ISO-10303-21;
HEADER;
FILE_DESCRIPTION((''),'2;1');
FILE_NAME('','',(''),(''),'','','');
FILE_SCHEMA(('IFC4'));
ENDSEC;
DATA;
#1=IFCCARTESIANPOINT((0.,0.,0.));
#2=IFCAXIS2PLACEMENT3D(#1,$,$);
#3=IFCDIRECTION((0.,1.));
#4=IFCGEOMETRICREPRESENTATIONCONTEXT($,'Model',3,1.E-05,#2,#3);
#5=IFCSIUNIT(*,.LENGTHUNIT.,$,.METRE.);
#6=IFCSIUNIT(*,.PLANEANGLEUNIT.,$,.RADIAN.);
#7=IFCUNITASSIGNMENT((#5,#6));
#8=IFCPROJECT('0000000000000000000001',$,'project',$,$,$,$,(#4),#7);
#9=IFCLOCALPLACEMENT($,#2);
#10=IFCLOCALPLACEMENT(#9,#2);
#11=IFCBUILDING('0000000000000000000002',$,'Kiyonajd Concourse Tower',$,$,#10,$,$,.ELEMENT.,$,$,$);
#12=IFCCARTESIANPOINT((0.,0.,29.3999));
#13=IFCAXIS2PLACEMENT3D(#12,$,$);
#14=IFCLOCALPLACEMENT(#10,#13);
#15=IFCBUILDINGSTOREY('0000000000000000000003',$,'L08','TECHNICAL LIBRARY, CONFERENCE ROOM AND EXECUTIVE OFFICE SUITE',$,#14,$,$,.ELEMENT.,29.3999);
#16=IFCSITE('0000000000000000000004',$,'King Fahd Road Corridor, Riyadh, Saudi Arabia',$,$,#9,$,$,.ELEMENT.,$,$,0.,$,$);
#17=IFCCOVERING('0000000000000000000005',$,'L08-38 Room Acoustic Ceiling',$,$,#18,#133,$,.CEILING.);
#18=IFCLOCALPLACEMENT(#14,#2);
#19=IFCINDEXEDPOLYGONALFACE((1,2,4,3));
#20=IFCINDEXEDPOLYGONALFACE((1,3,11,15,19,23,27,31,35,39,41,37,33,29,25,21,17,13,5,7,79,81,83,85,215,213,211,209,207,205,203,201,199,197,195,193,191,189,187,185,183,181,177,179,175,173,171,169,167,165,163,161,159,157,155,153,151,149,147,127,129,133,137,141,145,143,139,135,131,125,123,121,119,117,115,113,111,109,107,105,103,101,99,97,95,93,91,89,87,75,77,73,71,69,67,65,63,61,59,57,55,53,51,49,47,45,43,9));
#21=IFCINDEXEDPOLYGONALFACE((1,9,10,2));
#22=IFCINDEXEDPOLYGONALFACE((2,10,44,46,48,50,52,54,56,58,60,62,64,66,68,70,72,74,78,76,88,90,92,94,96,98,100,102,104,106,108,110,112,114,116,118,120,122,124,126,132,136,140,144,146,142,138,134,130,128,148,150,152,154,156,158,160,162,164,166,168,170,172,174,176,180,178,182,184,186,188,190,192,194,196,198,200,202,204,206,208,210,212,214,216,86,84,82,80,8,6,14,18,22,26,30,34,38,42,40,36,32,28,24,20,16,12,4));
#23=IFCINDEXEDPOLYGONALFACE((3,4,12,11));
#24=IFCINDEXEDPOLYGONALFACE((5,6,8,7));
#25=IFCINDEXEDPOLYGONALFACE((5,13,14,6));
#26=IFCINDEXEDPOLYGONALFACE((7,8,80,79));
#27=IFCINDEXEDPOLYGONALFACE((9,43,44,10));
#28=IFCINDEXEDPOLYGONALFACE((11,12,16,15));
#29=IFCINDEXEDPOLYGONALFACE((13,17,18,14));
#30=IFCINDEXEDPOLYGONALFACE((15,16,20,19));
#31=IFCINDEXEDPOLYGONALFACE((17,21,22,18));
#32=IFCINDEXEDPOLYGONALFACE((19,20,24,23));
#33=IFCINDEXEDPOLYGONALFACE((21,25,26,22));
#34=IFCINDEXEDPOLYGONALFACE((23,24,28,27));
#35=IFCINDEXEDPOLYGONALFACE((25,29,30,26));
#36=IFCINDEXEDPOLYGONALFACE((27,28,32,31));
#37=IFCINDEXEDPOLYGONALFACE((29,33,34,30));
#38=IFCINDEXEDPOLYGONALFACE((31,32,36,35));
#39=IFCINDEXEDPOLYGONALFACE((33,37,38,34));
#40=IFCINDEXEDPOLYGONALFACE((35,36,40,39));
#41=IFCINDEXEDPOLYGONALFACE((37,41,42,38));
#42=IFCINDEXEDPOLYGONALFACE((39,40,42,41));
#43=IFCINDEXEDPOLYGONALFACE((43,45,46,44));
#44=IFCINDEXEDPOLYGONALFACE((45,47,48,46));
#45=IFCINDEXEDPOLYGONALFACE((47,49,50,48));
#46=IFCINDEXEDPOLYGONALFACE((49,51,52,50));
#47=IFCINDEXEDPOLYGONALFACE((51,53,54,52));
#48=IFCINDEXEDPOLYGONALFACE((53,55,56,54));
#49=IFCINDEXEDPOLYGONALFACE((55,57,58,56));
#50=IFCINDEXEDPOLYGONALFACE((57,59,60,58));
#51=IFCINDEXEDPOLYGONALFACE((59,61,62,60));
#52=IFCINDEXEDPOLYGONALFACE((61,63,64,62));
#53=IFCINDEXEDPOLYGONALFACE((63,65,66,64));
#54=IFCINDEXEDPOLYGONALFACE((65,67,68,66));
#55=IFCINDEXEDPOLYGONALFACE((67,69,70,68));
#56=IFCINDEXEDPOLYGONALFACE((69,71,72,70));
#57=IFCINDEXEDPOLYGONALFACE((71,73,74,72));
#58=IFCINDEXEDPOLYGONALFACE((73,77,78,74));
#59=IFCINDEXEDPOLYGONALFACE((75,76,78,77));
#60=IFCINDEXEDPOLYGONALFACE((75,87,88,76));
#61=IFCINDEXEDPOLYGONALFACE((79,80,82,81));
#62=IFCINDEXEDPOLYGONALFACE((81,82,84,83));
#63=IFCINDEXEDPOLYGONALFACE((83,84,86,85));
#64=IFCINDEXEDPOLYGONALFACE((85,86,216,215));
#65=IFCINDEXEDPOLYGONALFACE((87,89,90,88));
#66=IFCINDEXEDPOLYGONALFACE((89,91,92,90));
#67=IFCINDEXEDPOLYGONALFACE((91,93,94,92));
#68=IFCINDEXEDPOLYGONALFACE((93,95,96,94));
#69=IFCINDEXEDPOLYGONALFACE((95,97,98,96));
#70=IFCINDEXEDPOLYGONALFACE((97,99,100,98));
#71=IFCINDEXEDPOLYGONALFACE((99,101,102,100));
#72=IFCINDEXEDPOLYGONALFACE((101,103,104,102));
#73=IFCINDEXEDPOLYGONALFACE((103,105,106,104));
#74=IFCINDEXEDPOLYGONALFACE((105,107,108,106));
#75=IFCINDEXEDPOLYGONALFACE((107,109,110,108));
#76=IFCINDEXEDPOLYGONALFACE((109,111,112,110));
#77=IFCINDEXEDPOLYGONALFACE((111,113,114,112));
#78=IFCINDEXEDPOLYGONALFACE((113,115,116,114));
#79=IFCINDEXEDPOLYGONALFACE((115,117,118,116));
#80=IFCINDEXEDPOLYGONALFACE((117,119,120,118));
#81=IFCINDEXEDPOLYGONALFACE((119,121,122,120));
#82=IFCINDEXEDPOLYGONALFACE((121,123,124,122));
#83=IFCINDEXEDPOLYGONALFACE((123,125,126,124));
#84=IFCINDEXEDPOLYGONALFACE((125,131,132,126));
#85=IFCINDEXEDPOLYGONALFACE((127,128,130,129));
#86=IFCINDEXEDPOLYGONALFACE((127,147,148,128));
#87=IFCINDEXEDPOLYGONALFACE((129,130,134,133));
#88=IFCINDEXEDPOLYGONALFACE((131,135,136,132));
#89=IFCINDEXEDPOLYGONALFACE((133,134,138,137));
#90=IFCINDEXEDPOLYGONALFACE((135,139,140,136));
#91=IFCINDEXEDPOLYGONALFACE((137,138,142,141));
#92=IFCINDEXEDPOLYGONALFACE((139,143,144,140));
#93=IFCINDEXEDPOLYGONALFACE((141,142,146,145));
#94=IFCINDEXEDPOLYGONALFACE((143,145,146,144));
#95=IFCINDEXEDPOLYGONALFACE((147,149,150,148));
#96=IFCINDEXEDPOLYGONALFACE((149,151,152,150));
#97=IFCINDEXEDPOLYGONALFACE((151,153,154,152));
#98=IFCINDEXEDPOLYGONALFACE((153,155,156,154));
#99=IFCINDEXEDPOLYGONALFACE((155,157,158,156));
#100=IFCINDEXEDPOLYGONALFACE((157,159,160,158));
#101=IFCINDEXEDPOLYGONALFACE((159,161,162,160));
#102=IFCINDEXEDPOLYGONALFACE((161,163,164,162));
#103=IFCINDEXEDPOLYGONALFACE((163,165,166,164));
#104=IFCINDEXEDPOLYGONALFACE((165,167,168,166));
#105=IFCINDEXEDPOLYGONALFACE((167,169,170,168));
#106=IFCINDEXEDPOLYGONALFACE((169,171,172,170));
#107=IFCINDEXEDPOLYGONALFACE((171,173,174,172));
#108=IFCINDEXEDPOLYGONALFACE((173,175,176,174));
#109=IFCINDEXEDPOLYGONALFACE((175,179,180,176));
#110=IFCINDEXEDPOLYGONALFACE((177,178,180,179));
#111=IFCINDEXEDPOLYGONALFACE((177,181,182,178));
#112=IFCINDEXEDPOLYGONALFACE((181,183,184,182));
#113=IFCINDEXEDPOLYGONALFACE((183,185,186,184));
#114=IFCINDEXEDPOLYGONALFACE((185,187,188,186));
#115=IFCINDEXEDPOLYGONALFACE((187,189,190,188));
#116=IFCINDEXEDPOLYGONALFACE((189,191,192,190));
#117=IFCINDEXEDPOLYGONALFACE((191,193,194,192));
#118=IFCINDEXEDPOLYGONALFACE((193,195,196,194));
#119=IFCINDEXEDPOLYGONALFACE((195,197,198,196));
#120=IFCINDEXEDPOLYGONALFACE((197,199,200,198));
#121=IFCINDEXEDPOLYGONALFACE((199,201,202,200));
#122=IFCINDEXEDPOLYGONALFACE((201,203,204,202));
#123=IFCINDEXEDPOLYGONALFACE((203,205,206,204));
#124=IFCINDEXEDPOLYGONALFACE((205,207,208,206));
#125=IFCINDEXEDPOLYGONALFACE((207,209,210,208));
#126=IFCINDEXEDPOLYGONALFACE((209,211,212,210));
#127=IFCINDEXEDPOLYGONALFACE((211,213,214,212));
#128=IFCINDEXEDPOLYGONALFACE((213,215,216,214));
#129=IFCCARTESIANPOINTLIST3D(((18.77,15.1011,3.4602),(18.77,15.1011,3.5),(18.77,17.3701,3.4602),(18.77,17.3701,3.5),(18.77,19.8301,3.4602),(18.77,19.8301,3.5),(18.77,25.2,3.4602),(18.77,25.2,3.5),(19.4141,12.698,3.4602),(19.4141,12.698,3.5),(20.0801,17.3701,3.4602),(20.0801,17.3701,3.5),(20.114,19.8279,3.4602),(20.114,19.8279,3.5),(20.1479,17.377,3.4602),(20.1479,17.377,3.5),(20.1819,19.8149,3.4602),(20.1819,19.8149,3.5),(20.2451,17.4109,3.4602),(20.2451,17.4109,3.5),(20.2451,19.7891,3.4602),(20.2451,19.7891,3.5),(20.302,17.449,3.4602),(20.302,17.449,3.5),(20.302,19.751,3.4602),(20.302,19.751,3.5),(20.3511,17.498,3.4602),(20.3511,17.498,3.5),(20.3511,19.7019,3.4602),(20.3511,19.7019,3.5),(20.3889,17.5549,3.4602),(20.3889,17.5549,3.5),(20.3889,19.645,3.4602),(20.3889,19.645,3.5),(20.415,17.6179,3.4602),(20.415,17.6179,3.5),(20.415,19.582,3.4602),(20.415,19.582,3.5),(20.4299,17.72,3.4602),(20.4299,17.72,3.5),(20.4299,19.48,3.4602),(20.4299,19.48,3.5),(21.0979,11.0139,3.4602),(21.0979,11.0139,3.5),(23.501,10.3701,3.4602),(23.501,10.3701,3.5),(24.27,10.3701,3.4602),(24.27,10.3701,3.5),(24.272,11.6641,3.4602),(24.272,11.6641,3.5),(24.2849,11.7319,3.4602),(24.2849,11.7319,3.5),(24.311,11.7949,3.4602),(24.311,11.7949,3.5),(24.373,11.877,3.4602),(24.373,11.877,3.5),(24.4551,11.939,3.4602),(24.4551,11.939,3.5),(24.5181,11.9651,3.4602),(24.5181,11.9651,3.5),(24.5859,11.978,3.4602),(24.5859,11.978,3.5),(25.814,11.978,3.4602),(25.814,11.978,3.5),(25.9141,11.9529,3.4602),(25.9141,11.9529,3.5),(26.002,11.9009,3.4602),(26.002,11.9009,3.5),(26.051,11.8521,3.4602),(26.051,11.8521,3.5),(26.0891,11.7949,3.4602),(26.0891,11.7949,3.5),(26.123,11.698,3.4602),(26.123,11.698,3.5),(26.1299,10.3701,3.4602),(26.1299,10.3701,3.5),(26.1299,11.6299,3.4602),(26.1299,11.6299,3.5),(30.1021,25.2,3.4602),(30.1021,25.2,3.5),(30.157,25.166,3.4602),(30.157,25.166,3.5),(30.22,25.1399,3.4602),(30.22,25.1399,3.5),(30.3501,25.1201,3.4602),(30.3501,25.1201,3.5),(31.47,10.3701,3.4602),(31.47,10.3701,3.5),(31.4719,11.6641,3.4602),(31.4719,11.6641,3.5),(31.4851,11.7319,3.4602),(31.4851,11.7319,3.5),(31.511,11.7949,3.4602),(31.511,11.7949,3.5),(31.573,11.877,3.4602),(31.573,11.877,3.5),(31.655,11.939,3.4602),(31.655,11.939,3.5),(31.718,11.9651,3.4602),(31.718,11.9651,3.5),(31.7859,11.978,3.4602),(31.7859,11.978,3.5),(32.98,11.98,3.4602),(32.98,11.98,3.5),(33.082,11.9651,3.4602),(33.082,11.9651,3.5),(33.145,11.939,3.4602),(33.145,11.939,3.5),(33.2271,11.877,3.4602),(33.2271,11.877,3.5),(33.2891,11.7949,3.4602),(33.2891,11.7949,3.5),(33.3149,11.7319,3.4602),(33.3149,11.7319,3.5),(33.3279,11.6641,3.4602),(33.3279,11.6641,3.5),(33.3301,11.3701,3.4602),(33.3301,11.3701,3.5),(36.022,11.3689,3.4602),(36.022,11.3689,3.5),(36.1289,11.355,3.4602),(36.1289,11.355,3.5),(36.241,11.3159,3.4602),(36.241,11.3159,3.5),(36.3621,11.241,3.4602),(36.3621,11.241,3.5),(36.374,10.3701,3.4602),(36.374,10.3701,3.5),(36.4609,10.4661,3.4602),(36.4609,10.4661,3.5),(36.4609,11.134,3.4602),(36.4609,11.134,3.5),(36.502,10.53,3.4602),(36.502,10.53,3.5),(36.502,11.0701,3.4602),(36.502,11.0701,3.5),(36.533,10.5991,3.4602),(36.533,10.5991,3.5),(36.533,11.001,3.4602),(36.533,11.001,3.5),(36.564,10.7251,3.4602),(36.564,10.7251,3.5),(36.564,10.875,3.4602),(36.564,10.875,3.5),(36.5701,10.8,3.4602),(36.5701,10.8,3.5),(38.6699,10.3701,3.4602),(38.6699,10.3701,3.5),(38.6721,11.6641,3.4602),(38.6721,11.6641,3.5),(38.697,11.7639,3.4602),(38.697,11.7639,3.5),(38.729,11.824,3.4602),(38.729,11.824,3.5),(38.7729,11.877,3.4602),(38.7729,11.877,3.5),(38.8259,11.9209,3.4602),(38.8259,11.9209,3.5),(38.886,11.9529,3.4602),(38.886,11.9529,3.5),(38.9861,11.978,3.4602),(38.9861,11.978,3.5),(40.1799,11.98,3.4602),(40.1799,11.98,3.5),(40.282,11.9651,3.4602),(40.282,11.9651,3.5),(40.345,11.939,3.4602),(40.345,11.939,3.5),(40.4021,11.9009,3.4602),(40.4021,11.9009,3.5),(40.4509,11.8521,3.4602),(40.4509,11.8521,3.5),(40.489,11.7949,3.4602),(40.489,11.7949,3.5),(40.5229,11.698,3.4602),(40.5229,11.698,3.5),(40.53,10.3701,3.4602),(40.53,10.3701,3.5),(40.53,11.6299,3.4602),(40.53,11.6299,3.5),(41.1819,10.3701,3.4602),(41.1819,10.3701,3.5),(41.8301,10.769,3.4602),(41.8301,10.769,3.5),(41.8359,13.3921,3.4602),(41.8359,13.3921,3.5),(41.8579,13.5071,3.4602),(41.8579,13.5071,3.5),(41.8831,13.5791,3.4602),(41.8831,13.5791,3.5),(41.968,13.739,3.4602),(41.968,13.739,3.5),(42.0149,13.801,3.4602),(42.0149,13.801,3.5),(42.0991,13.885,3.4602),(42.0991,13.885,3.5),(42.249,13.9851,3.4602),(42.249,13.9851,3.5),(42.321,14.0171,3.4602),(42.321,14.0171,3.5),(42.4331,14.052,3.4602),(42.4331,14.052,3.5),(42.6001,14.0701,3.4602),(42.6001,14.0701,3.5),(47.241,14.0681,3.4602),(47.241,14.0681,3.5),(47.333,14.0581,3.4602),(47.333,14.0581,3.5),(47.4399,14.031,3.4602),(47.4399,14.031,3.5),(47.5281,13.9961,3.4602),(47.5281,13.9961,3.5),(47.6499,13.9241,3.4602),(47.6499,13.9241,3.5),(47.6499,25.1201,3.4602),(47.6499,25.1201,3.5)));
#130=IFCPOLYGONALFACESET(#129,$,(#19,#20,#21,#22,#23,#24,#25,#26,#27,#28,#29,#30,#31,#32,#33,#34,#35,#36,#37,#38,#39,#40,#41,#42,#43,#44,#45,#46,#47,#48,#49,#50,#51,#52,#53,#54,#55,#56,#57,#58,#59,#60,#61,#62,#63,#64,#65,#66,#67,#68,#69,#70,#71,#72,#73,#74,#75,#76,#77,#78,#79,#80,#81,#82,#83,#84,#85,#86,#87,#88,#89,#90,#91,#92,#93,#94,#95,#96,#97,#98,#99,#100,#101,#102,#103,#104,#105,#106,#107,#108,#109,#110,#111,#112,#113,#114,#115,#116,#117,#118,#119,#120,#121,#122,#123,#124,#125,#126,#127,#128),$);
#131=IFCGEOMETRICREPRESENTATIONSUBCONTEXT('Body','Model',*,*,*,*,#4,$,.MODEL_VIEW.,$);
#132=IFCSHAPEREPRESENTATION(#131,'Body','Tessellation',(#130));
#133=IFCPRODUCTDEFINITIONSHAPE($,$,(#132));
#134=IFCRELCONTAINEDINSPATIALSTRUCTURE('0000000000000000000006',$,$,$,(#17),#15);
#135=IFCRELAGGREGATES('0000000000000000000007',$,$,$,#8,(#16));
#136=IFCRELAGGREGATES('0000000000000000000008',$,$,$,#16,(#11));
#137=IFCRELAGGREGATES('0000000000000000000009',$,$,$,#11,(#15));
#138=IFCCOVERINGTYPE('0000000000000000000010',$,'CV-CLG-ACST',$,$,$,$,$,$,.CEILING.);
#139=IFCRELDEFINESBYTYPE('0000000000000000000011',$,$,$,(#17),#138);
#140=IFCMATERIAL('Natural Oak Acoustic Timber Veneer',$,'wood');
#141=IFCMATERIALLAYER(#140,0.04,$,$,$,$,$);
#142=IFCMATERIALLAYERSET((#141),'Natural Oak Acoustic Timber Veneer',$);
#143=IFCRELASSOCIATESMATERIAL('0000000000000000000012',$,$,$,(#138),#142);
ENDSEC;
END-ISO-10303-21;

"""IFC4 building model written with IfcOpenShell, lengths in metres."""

from ifc_helpers import new_model, si_unit, direction, frame, origin, place, context, subcontext, project, spatial, polyline, outline, extrude, material, layer, layer_set, type_object, element, save


model = new_model("IFC4")

# Units and contexts
model_context = context("Model", 3, precision=1e-05, world=origin(), true_north=direction((0.0, 1.0)))
body_context = subcontext(model_context, "Body", "Model", "MODEL_VIEW")
ifc_project = project(units=[si_unit("LENGTHUNIT", "METRE"), si_unit("PLANEANGLEUNIT", "RADIAN")], contexts=[model_context])

# Site, building, storey
site_placement = place(None, origin())
site = spatial("IfcSite", under=ifc_project, at=site_placement, Name="King Fahd Road Corridor, Riyadh, Saudi Arabia", CompositionType="ELEMENT", RefElevation=0.0)
building_placement = place(site_placement, origin())
building = spatial("IfcBuilding", under=site, at=building_placement, Name="Kiyonajd Concourse Tower", CompositionType="ELEMENT")
storey_placement = place(building_placement, frame((0.0, 0.0, 29.3999)))
storey = spatial("IfcBuildingStorey", under=building, at=storey_placement, Name="L08", Description="TECHNICAL LIBRARY, CONFERENCE ROOM AND EXECUTIVE OFFICE SUITE", CompositionType="ELEMENT", Elevation=29.3999)

# Shared definitions
ifc_material_1 = material(Name="Natural Oak Acoustic Timber Veneer", Category="wood")

# Covering
ifc_layer_1 = layer(ifc_material_1, 0.04)
ifc_layer_set_1 = layer_set([ifc_layer_1], Name="Natural Oak Acoustic Timber Veneer")
covering_type = type_object("IfcCoveringType", Name="CV-CLG-ACST", PredefinedType="CEILING", material=ifc_layer_set_1)
covering_1_placement = place(storey_placement, frame((0.0, 0.0, 3.4602)))
element("IfcCovering", 1, at=covering_1_placement, inside=storey, type_object=covering_type, Name="L08-38 Room Acoustic Ceiling", PredefinedType="CEILING", context=body_context, shape_type="SweptSolid", body=[
    extrude(outline(polyline([(30.1021, 25.2), (30.157, 25.166), (30.22, 25.1399), (30.3501, 25.1201), (47.6499, 25.1201), (47.6499, 13.9241), (47.5281, 13.9961), (47.4399, 14.031), (47.333, 14.0581), (47.241, 14.0681), (42.6001, 14.0701), (42.4331, 14.052), (42.321, 14.0171), (42.249, 13.9851), (42.0991, 13.885), (42.0149, 13.801), (41.968, 13.739), (41.8831, 13.5791), (41.8579, 13.5071), (41.8359, 13.3921), (41.8301, 10.769), (41.1819, 10.3701), (40.53, 10.3701), (40.53, 11.6299), (40.5229, 11.698), (40.489, 11.7949), (40.4509, 11.8521), (40.4021, 11.9009), (40.345, 11.939), (40.282, 11.9651), (40.1799, 11.98), (38.9861, 11.978), (38.886, 11.9529), (38.8259, 11.9209), (38.7729, 11.877), (38.729, 11.824), (38.697, 11.7639), (38.6721, 11.6641), (38.6699, 10.3701), (36.374, 10.3701), (36.4609, 10.4661), (36.502, 10.53), (36.533, 10.5991), (36.564, 10.7251), (36.5701, 10.8), (36.564, 10.875), (36.533, 11.001), (36.502, 11.0701), (36.4609, 11.134), (36.3621, 11.241), (36.241, 11.3159), (36.1289, 11.355), (36.022, 11.3689), (33.3301, 11.3701), (33.3279, 11.6641), (33.3149, 11.7319), (33.2891, 11.7949), (33.2271, 11.877), (33.145, 11.939), (33.082, 11.9651), (32.98, 11.98), (31.7859, 11.978), (31.718, 11.9651), (31.655, 11.939), (31.573, 11.877), (31.511, 11.7949), (31.4851, 11.7319), (31.4719, 11.6641), (31.47, 10.3701), (26.1299, 10.3701), (26.1299, 11.6299), (26.123, 11.698), (26.0891, 11.7949), (26.051, 11.8521), (26.002, 11.9009), (25.9141, 11.9529), (25.814, 11.978), (24.5859, 11.978), (24.5181, 11.9651), (24.4551, 11.939), (24.373, 11.877), (24.311, 11.7949), (24.2849, 11.7319), (24.272, 11.6641), (24.27, 10.3701), (23.501, 10.3701), (21.0979, 11.0139), (19.4141, 12.698), (18.77, 15.1011), (18.77, 17.3701), (20.0801, 17.3701), (20.1479, 17.377), (20.2451, 17.4109), (20.302, 17.449), (20.3511, 17.498), (20.3889, 17.5549), (20.415, 17.6179), (20.4299, 17.72), (20.4299, 19.48), (20.415, 19.582), (20.3889, 19.645), (20.3511, 19.7019), (20.302, 19.751), (20.2451, 19.7891), (20.1819, 19.8149), (20.114, 19.8279), (18.77, 19.8301), (18.77, 25.2), (30.1021, 25.2)])), origin(), (0.0, 0.0, 1.0), 0.0398),
])

save(model, "model.ifc")
